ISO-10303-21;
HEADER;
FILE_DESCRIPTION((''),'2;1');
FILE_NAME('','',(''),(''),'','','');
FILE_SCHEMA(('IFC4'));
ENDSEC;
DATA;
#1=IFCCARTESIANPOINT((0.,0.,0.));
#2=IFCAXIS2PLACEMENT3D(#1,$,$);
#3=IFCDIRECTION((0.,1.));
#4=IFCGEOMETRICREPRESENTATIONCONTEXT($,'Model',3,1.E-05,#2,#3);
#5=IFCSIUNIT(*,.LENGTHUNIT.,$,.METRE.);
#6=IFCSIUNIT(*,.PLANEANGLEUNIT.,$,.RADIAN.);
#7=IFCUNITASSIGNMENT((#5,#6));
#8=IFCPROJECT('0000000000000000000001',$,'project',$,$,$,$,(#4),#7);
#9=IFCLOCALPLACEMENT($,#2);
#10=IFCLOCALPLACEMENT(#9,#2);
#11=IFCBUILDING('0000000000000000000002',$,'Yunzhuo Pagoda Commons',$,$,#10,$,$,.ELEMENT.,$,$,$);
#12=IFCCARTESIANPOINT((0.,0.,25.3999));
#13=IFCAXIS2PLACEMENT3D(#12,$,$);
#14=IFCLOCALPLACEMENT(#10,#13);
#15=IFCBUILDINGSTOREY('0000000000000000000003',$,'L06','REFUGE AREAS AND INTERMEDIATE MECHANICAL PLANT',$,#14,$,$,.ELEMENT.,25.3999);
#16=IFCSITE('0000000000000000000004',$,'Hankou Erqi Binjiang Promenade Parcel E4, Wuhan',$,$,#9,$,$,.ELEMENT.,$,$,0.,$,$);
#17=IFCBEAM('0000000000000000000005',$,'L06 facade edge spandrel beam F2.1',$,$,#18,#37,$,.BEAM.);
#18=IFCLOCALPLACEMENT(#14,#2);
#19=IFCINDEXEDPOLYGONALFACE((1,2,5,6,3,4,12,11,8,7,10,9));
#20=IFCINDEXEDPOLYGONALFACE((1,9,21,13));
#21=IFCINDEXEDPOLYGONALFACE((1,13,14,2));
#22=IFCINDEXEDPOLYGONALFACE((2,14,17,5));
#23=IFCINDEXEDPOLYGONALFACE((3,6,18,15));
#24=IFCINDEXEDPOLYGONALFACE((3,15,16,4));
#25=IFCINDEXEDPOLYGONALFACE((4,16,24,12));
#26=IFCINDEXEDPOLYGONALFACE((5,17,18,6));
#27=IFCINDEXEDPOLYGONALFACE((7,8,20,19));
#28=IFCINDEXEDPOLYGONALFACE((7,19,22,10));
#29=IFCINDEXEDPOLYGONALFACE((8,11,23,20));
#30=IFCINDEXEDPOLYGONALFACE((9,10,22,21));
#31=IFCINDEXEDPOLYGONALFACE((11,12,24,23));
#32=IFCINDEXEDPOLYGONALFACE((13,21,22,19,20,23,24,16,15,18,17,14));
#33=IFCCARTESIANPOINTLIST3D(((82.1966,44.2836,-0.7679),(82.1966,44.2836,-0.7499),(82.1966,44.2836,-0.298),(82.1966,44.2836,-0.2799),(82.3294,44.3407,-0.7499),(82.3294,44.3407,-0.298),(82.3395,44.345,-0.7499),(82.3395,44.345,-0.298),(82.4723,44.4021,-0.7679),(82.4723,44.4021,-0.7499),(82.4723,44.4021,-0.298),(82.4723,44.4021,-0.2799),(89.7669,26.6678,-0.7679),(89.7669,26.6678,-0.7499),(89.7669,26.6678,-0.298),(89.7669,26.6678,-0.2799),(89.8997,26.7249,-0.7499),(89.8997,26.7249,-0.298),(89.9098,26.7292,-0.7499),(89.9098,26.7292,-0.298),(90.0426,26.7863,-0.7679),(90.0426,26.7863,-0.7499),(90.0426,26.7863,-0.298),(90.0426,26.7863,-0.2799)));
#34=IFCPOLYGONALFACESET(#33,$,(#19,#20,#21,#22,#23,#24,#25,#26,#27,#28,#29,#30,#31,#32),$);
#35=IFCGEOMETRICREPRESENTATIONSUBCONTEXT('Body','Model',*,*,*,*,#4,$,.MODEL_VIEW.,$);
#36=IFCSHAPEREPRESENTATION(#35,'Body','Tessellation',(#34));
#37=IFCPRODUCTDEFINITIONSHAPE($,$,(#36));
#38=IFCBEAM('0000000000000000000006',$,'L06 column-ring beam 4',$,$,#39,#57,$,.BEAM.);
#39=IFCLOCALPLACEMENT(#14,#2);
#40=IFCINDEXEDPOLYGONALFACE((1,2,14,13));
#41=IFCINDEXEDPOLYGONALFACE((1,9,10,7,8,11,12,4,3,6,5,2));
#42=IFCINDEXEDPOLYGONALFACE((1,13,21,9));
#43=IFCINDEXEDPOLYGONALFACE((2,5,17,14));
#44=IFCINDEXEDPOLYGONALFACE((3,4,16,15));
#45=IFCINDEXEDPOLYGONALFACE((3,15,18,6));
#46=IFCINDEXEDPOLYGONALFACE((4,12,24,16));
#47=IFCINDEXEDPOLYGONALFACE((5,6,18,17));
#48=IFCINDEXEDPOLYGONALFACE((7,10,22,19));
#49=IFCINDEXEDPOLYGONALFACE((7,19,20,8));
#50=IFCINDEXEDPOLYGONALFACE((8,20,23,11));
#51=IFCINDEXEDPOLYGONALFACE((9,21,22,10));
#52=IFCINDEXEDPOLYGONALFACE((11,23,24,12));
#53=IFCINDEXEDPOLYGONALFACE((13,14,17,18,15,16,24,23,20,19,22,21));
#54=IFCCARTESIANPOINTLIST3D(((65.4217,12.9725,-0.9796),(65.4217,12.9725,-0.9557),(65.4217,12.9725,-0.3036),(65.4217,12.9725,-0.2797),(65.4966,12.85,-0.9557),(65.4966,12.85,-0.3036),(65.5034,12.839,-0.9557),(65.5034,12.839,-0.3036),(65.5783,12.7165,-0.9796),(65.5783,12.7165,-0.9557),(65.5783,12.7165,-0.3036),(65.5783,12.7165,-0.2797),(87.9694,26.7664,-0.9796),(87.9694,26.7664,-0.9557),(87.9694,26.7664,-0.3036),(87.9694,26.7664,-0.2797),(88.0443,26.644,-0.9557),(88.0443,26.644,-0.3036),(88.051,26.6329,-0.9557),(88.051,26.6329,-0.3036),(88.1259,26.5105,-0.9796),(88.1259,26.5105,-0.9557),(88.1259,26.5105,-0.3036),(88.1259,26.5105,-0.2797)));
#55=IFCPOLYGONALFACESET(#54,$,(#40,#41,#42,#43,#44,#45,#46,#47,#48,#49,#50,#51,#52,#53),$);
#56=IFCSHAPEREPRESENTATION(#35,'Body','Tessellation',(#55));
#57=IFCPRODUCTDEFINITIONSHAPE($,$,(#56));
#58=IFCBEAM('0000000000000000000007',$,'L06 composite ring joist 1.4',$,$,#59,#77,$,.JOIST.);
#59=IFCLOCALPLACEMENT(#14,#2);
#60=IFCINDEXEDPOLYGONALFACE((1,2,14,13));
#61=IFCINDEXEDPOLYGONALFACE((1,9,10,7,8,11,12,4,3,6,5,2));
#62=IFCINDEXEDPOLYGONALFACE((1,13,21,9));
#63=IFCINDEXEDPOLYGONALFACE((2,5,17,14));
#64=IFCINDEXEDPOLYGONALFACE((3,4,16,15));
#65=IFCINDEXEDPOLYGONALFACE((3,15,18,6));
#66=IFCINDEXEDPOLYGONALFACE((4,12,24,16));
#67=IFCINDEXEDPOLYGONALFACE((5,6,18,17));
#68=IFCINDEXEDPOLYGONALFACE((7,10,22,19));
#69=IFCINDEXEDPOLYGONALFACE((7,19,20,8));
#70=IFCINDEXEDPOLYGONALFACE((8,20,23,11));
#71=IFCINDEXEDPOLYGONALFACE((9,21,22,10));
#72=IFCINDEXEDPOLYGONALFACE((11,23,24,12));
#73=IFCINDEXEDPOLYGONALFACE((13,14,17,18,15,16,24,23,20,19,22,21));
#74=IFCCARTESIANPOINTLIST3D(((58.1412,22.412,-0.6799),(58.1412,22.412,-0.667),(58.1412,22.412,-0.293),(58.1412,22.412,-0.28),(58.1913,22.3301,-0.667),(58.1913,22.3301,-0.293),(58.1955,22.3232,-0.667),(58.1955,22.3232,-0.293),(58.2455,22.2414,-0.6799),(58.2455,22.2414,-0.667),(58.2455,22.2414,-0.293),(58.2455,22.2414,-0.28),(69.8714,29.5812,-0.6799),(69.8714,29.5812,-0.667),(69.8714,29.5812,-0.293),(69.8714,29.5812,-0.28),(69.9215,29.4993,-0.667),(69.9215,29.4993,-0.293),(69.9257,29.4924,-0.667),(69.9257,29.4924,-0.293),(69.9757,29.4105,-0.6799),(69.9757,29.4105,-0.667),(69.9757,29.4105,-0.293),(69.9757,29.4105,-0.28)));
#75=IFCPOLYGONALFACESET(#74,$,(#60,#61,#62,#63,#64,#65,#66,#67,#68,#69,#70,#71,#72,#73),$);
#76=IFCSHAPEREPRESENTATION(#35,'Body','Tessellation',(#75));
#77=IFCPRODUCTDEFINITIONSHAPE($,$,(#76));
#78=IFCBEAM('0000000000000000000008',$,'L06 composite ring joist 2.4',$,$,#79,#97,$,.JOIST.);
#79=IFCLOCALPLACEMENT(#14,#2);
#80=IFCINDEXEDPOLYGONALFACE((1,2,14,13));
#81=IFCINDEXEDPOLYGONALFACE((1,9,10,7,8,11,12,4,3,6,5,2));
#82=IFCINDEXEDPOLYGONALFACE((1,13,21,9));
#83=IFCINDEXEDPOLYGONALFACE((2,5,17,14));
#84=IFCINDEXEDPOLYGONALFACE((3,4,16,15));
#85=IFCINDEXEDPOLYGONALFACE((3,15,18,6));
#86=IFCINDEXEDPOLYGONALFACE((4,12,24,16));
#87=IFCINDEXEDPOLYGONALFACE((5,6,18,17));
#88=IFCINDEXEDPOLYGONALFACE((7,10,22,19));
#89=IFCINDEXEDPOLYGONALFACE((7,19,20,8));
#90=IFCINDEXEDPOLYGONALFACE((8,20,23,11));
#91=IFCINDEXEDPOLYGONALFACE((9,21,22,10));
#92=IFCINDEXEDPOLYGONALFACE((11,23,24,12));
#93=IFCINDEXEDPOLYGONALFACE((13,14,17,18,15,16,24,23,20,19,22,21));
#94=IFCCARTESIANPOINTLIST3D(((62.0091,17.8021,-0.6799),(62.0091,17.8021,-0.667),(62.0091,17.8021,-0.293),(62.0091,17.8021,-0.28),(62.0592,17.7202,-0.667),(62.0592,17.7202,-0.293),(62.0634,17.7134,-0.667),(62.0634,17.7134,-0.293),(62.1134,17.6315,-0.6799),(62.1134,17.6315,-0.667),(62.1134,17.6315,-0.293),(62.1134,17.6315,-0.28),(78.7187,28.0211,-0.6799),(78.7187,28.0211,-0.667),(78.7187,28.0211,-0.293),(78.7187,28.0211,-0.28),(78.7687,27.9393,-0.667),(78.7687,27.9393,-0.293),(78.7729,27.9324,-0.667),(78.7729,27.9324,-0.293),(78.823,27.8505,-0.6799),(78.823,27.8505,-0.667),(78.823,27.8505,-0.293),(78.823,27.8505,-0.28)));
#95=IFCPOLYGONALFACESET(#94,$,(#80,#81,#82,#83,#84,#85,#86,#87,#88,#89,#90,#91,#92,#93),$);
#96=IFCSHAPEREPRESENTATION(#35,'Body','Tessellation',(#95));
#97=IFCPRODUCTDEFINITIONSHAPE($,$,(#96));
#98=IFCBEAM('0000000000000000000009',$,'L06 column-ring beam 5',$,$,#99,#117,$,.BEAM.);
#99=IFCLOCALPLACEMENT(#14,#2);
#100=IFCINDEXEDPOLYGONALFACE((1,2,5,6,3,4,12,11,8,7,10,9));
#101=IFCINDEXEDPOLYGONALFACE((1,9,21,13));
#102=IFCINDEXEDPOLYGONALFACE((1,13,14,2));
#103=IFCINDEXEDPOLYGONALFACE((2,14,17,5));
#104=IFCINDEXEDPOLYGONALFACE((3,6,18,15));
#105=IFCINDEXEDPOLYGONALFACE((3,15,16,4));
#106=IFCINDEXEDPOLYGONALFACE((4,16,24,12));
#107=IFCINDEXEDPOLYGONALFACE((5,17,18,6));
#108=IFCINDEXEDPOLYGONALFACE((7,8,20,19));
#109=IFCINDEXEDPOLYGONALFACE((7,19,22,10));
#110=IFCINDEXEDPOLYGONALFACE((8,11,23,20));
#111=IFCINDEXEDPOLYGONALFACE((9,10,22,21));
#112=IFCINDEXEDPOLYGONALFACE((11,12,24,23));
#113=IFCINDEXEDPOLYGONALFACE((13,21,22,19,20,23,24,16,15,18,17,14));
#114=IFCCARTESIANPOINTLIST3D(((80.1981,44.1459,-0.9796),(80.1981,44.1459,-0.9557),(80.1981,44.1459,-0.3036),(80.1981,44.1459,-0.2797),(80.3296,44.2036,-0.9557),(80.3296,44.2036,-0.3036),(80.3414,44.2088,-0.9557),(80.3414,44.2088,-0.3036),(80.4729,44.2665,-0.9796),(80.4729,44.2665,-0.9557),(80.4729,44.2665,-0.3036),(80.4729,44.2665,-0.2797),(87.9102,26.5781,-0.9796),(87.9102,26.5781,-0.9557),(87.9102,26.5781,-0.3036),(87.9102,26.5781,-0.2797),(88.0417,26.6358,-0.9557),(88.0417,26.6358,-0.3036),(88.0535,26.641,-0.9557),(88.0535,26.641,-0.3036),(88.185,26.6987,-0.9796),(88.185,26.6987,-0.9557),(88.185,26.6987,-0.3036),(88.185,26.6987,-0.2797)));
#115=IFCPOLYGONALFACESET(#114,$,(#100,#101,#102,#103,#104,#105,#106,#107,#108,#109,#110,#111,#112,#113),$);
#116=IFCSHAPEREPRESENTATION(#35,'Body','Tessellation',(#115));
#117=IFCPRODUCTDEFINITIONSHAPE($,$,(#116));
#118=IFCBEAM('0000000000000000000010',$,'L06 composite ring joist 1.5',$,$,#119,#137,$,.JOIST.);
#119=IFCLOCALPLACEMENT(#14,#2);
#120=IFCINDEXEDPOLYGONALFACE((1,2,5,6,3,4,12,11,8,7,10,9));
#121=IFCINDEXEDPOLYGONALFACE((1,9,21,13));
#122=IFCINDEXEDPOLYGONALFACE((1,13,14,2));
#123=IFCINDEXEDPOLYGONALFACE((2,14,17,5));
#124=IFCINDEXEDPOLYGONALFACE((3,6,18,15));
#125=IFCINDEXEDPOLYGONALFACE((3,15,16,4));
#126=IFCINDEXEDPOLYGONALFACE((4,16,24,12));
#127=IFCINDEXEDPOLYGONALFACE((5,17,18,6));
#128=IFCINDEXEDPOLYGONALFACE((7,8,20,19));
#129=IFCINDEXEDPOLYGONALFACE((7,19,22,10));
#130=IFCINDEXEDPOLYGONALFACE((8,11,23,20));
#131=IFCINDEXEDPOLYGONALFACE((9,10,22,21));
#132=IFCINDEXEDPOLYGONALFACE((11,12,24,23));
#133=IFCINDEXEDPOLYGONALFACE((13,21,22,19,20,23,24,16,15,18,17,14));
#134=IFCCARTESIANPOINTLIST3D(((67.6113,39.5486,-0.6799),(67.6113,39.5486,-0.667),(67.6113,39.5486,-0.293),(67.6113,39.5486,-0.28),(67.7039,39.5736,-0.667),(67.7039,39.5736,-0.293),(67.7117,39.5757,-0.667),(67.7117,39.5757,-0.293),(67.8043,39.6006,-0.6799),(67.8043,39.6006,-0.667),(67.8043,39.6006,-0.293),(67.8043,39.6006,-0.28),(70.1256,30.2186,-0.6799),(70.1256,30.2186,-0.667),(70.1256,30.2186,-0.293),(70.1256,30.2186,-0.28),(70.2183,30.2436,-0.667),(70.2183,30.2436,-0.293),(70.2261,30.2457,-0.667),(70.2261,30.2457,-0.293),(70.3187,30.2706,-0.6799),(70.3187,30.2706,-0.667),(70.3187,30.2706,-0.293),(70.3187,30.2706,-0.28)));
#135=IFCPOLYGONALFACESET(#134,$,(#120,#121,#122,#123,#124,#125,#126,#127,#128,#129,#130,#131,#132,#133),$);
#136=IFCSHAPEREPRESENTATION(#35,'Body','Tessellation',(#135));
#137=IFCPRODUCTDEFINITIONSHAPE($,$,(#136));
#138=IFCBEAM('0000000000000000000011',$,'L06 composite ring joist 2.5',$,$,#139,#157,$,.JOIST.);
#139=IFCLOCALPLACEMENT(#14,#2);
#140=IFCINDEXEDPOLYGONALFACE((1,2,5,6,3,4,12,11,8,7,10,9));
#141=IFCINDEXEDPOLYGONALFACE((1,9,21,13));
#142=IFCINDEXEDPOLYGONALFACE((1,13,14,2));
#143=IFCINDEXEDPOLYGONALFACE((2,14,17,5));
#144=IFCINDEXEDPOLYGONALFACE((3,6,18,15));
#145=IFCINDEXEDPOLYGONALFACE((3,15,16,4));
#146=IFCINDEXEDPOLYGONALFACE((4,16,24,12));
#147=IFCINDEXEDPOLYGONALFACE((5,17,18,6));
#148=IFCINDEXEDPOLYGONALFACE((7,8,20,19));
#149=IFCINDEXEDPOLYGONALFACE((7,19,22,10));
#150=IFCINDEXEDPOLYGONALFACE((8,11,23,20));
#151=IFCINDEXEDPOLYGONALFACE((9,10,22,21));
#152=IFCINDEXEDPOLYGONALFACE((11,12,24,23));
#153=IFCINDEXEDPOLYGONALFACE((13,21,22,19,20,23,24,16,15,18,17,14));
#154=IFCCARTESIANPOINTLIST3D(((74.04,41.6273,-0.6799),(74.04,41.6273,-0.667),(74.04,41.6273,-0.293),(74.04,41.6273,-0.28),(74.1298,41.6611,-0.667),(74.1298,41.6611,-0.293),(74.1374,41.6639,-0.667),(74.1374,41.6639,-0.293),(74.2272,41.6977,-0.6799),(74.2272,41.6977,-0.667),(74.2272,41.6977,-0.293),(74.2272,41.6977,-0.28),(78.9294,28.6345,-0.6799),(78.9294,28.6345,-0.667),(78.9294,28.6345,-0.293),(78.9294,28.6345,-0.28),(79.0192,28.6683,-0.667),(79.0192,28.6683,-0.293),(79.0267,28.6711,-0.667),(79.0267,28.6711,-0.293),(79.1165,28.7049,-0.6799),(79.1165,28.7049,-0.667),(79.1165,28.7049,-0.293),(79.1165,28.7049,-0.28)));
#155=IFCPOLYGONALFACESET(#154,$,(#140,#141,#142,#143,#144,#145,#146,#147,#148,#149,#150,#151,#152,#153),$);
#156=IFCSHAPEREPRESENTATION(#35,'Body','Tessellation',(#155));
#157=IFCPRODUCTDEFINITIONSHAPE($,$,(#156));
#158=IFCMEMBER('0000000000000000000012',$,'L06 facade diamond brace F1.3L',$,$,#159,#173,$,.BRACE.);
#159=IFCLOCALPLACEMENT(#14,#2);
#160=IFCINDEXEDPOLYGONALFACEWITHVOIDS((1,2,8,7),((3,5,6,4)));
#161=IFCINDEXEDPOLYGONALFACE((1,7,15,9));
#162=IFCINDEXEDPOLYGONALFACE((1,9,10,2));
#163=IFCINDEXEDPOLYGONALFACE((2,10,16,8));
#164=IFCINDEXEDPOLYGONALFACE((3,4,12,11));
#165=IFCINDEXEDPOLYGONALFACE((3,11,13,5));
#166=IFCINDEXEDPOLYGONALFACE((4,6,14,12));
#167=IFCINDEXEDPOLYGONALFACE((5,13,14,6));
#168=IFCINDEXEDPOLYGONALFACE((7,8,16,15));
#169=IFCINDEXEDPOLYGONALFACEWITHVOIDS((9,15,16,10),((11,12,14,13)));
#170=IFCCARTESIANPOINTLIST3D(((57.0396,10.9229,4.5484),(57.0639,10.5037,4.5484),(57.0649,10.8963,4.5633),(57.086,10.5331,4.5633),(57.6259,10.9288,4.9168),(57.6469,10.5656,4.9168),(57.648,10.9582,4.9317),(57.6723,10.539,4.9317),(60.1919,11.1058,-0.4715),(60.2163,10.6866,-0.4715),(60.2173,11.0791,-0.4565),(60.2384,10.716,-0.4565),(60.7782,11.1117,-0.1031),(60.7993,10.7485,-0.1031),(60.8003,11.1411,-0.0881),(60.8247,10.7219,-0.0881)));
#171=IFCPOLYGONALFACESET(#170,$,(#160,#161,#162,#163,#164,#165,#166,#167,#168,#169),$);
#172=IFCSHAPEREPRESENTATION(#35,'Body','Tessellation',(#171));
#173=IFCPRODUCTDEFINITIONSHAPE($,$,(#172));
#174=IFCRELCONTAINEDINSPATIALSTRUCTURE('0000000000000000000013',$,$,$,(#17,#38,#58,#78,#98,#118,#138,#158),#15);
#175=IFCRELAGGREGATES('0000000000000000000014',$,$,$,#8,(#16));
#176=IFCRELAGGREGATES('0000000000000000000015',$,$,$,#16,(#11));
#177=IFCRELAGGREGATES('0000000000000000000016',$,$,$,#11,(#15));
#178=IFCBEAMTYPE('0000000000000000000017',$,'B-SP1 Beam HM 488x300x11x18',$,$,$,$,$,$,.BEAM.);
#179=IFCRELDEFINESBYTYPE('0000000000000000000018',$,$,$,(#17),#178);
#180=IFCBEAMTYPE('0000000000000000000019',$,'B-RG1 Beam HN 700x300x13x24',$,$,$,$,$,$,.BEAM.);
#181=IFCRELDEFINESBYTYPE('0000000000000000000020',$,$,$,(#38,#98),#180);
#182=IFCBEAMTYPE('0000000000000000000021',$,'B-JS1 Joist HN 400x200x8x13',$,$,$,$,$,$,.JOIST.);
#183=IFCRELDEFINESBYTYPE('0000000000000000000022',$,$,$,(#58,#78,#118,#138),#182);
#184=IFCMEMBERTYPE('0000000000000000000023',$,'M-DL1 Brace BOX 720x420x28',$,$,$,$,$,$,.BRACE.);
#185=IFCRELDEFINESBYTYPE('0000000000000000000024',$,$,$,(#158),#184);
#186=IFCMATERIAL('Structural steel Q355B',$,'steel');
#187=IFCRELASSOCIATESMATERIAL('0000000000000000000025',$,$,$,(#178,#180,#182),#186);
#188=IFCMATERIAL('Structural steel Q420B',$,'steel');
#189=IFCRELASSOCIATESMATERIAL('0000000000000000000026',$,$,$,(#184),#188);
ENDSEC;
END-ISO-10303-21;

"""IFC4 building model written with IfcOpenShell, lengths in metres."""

from ifc_helpers import new_model, si_unit, direction, frame, origin, origin_2d, place, context, subcontext, project, spatial, hollow_rectangle, i_section, extrude, source, transform, mapped, material, material_profile, profile_set, type_object, element, save


model = new_model("IFC4")

# Units and contexts
model_context = context("Model", 3, precision=1e-05, world=origin(), true_north=direction((0.0, 1.0)))
body_context = subcontext(model_context, "Body", "Model", "MODEL_VIEW")
ifc_project = project(units=[si_unit("LENGTHUNIT", "METRE"), si_unit("PLANEANGLEUNIT", "RADIAN")], contexts=[model_context])

# Site, building, storey
site_placement = place(None, origin())
site = spatial("IfcSite", under=ifc_project, at=site_placement, Name="Hankou Erqi Binjiang Promenade Parcel E4, Wuhan", CompositionType="ELEMENT", RefElevation=0.0)
building_placement = place(site_placement, origin())
building = spatial("IfcBuilding", under=site, at=building_placement, Name="Yunzhuo Pagoda Commons", CompositionType="ELEMENT")
storey_placement = place(building_placement, frame((0.0, 0.0, 25.3999)))
storey = spatial("IfcBuildingStorey", under=building, at=storey_placement, Name="L06", Description="REFUGE AREAS AND INTERMEDIATE MECHANICAL PLANT", CompositionType="ELEMENT", Elevation=25.3999)

# Shared definitions
ifc_material_1 = material(Name="Structural steel Q420B", Category="steel")

# Beams
ifc_material_2 = material(Name="Structural steel Q355B", Category="steel")
ifc_material_profile_1 = material_profile(ifc_material_2, i_section(OverallWidth=0.3, OverallDepth=0.488, WebThickness=0.011, FlangeThickness=0.0181, at=origin_2d()), Name="Structural steel Q355B")
ifc_profile_set_1 = profile_set([ifc_material_profile_1], Name="Structural steel Q355B")
beam_type_1 = type_object("IfcBeamType", Name="B-SP1 Beam HM 488x300x11x18", PredefinedType="BEAM", material=ifc_profile_set_1)
shared_shape_1 = source(origin(), body_context, "Body", "SweptSolid", [
    extrude(i_section(OverallWidth=0.3, OverallDepth=0.488, WebThickness=0.011, FlangeThickness=0.0181, at=origin_2d()), origin(), (0.0, 0.0, 1.0), 19.1736),
])
beam_1_placement = place(storey_placement, frame((89.9048, 26.7271, -0.5239), z_axis=(-0.394832, 0.918753, 0.0), x_axis=(-0.918753, -0.394832, 0.0)))
element("IfcBeam", 1, at=beam_1_placement, inside=storey, type_object=beam_type_1, Name="L06 facade edge spandrel beam F2.1", PredefinedType="BEAM", context=body_context, shape_type="MappedRepresentation", body=[
    mapped(shared_shape_1, transform((0.0, 0.0, 0.0), scale=1.0)),
])
ifc_material_profile_2 = material_profile(ifc_material_2, i_section(OverallWidth=0.3, OverallDepth=0.7, WebThickness=0.0129, FlangeThickness=0.0239, at=origin_2d()), Name="Structural steel Q355B")
ifc_profile_set_2 = profile_set([ifc_material_profile_2], Name="Structural steel Q355B")
beam_type_2 = type_object("IfcBeamType", Name="B-RG1 Beam HN 700x300x13x24", PredefinedType="BEAM", material=ifc_profile_set_2)
shared_shape_2 = source(origin(), body_context, "Body", "SweptSolid", [
    extrude(i_section(OverallWidth=0.3, OverallDepth=0.7, WebThickness=0.0129, FlangeThickness=0.0239, at=origin_2d()), origin(), (0.0, 0.0, 1.0), 26.4324),
])
beam_2_placement = place(storey_placement, frame((65.5, 12.8445, -0.6296), z_axis=(0.853032, 0.521859, 0.0), x_axis=(-0.521859, 0.853032, 0.0)))
element("IfcBeam", 2, at=beam_2_placement, inside=storey, type_object=beam_type_2, Name="L06 column-ring beam 4", PredefinedType="BEAM", context=body_context, shape_type="MappedRepresentation", body=[
    mapped(shared_shape_2, transform((0.0, 0.0, 0.0), scale=1.0)),
])
ifc_material_profile_3 = material_profile(ifc_material_2, i_section(OverallWidth=0.2, OverallDepth=0.3999, WebThickness=0.0081, FlangeThickness=0.0129, at=origin_2d()), Name="Structural steel Q355B")
ifc_profile_set_3 = profile_set([ifc_material_profile_3], Name="Structural steel Q355B")
beam_type_3 = type_object("IfcBeamType", Name="B-JS1 Joist HN 400x200x8x13", PredefinedType="JOIST", material=ifc_profile_set_3)
shared_shape_3 = source(origin(), body_context, "Body", "SweptSolid", [
    extrude(i_section(OverallWidth=0.2, OverallDepth=0.3999, WebThickness=0.0081, FlangeThickness=0.0129, at=origin_2d()), origin(), (0.0, 0.0, 1.0), 13.7476),
])
beam_3_placement = place(storey_placement, frame((58.1934, 22.3267, -0.48), z_axis=(0.853259, 0.521488, 0.0), x_axis=(-0.521488, 0.853259, 0.0)))
element("IfcBeam", 3, at=beam_3_placement, inside=storey, type_object=beam_type_3, Name="L06 composite ring joist 1.4", PredefinedType="JOIST", context=body_context, shape_type="MappedRepresentation", body=[
    mapped(shared_shape_3, transform((0.0, 0.0, 0.0), scale=1.0)),
])
shared_shape_4 = source(origin(), body_context, "Body", "SweptSolid", [
    extrude(i_section(OverallWidth=0.2, OverallDepth=0.3999, WebThickness=0.0081, FlangeThickness=0.0129, at=origin_2d()), origin(), (0.0, 0.0, 1.0), 19.5867),
])
beam_4_placement = place(storey_placement, frame((62.0613, 17.7168, -0.48), z_axis=(0.853108, 0.521734, 0.0), x_axis=(-0.521734, 0.853108, 0.0)))
element("IfcBeam", 4, at=beam_4_placement, inside=storey, type_object=beam_type_3, Name="L06 composite ring joist 2.4", PredefinedType="JOIST", context=body_context, shape_type="MappedRepresentation", body=[
    mapped(shared_shape_4, transform((0.0, 0.0, 0.0), scale=1.0)),
])
shared_shape_5 = source(origin(), body_context, "Body", "SweptSolid", [
    extrude(i_section(OverallWidth=0.3, OverallDepth=0.7, WebThickness=0.0129, FlangeThickness=0.0239, at=origin_2d()), origin(), (0.0, 0.0, 1.0), 19.186),
])
beam_5_placement = place(storey_placement, frame((88.0476, 26.6384, -0.6296), z_axis=(-0.401965, 0.915655, 0.0), x_axis=(-0.915655, -0.401965, 0.0)))
element("IfcBeam", 5, at=beam_5_placement, inside=storey, type_object=beam_type_2, Name="L06 column-ring beam 5", PredefinedType="BEAM", context=body_context, shape_type="MappedRepresentation", body=[
    mapped(shared_shape_5, transform((0.0, 0.0, 0.0), scale=1.0)),
])
shared_shape_6 = source(origin(), body_context, "Body", "SweptSolid", [
    extrude(i_section(OverallWidth=0.2, OverallDepth=0.3999, WebThickness=0.0081, FlangeThickness=0.0129, at=origin_2d()), origin(), (0.0, 0.0, 1.0), 9.6628),
])
beam_6_placement = place(storey_placement, frame((70.2222, 30.2446, -0.48), z_axis=(-0.260211, 0.965552, 0.0), x_axis=(-0.965552, -0.260211, 0.0)))
element("IfcBeam", 6, at=beam_6_placement, inside=storey, type_object=beam_type_3, Name="L06 composite ring joist 1.5", PredefinedType="JOIST", context=body_context, shape_type="MappedRepresentation", body=[
    mapped(shared_shape_6, transform((0.0, 0.0, 0.0), scale=1.0)),
])
shared_shape_7 = source(origin(), body_context, "Body", "SweptSolid", [
    extrude(i_section(OverallWidth=0.2, OverallDepth=0.3999, WebThickness=0.0081, FlangeThickness=0.0129, at=origin_2d()), origin(), (0.0, 0.0, 1.0), 13.8823),
])
beam_7_placement = place(storey_placement, frame((79.0229, 28.6697, -0.48), z_axis=(-0.352201, 0.935925, 0.0), x_axis=(-0.935925, -0.352201, 0.0)))
element("IfcBeam", 7, at=beam_7_placement, inside=storey, type_object=beam_type_3, Name="L06 composite ring joist 2.5", PredefinedType="JOIST", context=body_context, shape_type="MappedRepresentation", body=[
    mapped(shared_shape_7, transform((0.0, 0.0, 0.0), scale=1.0)),
])

# Member
ifc_material_profile_4 = material_profile(ifc_material_1, hollow_rectangle(XDim=0.4199, YDim=0.72, WallThickness=0.0281, at=origin_2d()), Name="Structural steel Q420B")
ifc_profile_set_4 = profile_set([ifc_material_profile_4], Name="Structural steel Q420B")
member_type = type_object("IfcMemberType", Name="M-DL1 Brace BOX 720x420x28", PredefinedType="BRACE", material=ifc_profile_set_4)
shared_shape_8 = source(origin(), body_context, "Body", "SweptSolid", [
    extrude(hollow_rectangle(XDim=0.4199, YDim=0.72, WallThickness=0.0281, at=origin_2d()), origin(), (0.0, 0.0, 1.0), 5.9304),
])
for number, where, z_axis, x_axis, name in (
    (8, (60.5083, 10.9138, -0.2798), (-0.531563, -0.030835, 0.846458), (0.057911, -0.998322, 0.0), "L06 facade diamond brace F1.3L"),
):
    element("IfcMember", number, at=place(storey_placement, frame(where, z_axis=z_axis, x_axis=x_axis)), inside=storey, type_object=member_type, Name=name, PredefinedType="BRACE", context=body_context, shape_type="MappedRepresentation", body=[
        mapped(shared_shape_8, transform((0.0, 0.0, 0.0), scale=1.0)),
    ])

save(model, "model.ifc")
